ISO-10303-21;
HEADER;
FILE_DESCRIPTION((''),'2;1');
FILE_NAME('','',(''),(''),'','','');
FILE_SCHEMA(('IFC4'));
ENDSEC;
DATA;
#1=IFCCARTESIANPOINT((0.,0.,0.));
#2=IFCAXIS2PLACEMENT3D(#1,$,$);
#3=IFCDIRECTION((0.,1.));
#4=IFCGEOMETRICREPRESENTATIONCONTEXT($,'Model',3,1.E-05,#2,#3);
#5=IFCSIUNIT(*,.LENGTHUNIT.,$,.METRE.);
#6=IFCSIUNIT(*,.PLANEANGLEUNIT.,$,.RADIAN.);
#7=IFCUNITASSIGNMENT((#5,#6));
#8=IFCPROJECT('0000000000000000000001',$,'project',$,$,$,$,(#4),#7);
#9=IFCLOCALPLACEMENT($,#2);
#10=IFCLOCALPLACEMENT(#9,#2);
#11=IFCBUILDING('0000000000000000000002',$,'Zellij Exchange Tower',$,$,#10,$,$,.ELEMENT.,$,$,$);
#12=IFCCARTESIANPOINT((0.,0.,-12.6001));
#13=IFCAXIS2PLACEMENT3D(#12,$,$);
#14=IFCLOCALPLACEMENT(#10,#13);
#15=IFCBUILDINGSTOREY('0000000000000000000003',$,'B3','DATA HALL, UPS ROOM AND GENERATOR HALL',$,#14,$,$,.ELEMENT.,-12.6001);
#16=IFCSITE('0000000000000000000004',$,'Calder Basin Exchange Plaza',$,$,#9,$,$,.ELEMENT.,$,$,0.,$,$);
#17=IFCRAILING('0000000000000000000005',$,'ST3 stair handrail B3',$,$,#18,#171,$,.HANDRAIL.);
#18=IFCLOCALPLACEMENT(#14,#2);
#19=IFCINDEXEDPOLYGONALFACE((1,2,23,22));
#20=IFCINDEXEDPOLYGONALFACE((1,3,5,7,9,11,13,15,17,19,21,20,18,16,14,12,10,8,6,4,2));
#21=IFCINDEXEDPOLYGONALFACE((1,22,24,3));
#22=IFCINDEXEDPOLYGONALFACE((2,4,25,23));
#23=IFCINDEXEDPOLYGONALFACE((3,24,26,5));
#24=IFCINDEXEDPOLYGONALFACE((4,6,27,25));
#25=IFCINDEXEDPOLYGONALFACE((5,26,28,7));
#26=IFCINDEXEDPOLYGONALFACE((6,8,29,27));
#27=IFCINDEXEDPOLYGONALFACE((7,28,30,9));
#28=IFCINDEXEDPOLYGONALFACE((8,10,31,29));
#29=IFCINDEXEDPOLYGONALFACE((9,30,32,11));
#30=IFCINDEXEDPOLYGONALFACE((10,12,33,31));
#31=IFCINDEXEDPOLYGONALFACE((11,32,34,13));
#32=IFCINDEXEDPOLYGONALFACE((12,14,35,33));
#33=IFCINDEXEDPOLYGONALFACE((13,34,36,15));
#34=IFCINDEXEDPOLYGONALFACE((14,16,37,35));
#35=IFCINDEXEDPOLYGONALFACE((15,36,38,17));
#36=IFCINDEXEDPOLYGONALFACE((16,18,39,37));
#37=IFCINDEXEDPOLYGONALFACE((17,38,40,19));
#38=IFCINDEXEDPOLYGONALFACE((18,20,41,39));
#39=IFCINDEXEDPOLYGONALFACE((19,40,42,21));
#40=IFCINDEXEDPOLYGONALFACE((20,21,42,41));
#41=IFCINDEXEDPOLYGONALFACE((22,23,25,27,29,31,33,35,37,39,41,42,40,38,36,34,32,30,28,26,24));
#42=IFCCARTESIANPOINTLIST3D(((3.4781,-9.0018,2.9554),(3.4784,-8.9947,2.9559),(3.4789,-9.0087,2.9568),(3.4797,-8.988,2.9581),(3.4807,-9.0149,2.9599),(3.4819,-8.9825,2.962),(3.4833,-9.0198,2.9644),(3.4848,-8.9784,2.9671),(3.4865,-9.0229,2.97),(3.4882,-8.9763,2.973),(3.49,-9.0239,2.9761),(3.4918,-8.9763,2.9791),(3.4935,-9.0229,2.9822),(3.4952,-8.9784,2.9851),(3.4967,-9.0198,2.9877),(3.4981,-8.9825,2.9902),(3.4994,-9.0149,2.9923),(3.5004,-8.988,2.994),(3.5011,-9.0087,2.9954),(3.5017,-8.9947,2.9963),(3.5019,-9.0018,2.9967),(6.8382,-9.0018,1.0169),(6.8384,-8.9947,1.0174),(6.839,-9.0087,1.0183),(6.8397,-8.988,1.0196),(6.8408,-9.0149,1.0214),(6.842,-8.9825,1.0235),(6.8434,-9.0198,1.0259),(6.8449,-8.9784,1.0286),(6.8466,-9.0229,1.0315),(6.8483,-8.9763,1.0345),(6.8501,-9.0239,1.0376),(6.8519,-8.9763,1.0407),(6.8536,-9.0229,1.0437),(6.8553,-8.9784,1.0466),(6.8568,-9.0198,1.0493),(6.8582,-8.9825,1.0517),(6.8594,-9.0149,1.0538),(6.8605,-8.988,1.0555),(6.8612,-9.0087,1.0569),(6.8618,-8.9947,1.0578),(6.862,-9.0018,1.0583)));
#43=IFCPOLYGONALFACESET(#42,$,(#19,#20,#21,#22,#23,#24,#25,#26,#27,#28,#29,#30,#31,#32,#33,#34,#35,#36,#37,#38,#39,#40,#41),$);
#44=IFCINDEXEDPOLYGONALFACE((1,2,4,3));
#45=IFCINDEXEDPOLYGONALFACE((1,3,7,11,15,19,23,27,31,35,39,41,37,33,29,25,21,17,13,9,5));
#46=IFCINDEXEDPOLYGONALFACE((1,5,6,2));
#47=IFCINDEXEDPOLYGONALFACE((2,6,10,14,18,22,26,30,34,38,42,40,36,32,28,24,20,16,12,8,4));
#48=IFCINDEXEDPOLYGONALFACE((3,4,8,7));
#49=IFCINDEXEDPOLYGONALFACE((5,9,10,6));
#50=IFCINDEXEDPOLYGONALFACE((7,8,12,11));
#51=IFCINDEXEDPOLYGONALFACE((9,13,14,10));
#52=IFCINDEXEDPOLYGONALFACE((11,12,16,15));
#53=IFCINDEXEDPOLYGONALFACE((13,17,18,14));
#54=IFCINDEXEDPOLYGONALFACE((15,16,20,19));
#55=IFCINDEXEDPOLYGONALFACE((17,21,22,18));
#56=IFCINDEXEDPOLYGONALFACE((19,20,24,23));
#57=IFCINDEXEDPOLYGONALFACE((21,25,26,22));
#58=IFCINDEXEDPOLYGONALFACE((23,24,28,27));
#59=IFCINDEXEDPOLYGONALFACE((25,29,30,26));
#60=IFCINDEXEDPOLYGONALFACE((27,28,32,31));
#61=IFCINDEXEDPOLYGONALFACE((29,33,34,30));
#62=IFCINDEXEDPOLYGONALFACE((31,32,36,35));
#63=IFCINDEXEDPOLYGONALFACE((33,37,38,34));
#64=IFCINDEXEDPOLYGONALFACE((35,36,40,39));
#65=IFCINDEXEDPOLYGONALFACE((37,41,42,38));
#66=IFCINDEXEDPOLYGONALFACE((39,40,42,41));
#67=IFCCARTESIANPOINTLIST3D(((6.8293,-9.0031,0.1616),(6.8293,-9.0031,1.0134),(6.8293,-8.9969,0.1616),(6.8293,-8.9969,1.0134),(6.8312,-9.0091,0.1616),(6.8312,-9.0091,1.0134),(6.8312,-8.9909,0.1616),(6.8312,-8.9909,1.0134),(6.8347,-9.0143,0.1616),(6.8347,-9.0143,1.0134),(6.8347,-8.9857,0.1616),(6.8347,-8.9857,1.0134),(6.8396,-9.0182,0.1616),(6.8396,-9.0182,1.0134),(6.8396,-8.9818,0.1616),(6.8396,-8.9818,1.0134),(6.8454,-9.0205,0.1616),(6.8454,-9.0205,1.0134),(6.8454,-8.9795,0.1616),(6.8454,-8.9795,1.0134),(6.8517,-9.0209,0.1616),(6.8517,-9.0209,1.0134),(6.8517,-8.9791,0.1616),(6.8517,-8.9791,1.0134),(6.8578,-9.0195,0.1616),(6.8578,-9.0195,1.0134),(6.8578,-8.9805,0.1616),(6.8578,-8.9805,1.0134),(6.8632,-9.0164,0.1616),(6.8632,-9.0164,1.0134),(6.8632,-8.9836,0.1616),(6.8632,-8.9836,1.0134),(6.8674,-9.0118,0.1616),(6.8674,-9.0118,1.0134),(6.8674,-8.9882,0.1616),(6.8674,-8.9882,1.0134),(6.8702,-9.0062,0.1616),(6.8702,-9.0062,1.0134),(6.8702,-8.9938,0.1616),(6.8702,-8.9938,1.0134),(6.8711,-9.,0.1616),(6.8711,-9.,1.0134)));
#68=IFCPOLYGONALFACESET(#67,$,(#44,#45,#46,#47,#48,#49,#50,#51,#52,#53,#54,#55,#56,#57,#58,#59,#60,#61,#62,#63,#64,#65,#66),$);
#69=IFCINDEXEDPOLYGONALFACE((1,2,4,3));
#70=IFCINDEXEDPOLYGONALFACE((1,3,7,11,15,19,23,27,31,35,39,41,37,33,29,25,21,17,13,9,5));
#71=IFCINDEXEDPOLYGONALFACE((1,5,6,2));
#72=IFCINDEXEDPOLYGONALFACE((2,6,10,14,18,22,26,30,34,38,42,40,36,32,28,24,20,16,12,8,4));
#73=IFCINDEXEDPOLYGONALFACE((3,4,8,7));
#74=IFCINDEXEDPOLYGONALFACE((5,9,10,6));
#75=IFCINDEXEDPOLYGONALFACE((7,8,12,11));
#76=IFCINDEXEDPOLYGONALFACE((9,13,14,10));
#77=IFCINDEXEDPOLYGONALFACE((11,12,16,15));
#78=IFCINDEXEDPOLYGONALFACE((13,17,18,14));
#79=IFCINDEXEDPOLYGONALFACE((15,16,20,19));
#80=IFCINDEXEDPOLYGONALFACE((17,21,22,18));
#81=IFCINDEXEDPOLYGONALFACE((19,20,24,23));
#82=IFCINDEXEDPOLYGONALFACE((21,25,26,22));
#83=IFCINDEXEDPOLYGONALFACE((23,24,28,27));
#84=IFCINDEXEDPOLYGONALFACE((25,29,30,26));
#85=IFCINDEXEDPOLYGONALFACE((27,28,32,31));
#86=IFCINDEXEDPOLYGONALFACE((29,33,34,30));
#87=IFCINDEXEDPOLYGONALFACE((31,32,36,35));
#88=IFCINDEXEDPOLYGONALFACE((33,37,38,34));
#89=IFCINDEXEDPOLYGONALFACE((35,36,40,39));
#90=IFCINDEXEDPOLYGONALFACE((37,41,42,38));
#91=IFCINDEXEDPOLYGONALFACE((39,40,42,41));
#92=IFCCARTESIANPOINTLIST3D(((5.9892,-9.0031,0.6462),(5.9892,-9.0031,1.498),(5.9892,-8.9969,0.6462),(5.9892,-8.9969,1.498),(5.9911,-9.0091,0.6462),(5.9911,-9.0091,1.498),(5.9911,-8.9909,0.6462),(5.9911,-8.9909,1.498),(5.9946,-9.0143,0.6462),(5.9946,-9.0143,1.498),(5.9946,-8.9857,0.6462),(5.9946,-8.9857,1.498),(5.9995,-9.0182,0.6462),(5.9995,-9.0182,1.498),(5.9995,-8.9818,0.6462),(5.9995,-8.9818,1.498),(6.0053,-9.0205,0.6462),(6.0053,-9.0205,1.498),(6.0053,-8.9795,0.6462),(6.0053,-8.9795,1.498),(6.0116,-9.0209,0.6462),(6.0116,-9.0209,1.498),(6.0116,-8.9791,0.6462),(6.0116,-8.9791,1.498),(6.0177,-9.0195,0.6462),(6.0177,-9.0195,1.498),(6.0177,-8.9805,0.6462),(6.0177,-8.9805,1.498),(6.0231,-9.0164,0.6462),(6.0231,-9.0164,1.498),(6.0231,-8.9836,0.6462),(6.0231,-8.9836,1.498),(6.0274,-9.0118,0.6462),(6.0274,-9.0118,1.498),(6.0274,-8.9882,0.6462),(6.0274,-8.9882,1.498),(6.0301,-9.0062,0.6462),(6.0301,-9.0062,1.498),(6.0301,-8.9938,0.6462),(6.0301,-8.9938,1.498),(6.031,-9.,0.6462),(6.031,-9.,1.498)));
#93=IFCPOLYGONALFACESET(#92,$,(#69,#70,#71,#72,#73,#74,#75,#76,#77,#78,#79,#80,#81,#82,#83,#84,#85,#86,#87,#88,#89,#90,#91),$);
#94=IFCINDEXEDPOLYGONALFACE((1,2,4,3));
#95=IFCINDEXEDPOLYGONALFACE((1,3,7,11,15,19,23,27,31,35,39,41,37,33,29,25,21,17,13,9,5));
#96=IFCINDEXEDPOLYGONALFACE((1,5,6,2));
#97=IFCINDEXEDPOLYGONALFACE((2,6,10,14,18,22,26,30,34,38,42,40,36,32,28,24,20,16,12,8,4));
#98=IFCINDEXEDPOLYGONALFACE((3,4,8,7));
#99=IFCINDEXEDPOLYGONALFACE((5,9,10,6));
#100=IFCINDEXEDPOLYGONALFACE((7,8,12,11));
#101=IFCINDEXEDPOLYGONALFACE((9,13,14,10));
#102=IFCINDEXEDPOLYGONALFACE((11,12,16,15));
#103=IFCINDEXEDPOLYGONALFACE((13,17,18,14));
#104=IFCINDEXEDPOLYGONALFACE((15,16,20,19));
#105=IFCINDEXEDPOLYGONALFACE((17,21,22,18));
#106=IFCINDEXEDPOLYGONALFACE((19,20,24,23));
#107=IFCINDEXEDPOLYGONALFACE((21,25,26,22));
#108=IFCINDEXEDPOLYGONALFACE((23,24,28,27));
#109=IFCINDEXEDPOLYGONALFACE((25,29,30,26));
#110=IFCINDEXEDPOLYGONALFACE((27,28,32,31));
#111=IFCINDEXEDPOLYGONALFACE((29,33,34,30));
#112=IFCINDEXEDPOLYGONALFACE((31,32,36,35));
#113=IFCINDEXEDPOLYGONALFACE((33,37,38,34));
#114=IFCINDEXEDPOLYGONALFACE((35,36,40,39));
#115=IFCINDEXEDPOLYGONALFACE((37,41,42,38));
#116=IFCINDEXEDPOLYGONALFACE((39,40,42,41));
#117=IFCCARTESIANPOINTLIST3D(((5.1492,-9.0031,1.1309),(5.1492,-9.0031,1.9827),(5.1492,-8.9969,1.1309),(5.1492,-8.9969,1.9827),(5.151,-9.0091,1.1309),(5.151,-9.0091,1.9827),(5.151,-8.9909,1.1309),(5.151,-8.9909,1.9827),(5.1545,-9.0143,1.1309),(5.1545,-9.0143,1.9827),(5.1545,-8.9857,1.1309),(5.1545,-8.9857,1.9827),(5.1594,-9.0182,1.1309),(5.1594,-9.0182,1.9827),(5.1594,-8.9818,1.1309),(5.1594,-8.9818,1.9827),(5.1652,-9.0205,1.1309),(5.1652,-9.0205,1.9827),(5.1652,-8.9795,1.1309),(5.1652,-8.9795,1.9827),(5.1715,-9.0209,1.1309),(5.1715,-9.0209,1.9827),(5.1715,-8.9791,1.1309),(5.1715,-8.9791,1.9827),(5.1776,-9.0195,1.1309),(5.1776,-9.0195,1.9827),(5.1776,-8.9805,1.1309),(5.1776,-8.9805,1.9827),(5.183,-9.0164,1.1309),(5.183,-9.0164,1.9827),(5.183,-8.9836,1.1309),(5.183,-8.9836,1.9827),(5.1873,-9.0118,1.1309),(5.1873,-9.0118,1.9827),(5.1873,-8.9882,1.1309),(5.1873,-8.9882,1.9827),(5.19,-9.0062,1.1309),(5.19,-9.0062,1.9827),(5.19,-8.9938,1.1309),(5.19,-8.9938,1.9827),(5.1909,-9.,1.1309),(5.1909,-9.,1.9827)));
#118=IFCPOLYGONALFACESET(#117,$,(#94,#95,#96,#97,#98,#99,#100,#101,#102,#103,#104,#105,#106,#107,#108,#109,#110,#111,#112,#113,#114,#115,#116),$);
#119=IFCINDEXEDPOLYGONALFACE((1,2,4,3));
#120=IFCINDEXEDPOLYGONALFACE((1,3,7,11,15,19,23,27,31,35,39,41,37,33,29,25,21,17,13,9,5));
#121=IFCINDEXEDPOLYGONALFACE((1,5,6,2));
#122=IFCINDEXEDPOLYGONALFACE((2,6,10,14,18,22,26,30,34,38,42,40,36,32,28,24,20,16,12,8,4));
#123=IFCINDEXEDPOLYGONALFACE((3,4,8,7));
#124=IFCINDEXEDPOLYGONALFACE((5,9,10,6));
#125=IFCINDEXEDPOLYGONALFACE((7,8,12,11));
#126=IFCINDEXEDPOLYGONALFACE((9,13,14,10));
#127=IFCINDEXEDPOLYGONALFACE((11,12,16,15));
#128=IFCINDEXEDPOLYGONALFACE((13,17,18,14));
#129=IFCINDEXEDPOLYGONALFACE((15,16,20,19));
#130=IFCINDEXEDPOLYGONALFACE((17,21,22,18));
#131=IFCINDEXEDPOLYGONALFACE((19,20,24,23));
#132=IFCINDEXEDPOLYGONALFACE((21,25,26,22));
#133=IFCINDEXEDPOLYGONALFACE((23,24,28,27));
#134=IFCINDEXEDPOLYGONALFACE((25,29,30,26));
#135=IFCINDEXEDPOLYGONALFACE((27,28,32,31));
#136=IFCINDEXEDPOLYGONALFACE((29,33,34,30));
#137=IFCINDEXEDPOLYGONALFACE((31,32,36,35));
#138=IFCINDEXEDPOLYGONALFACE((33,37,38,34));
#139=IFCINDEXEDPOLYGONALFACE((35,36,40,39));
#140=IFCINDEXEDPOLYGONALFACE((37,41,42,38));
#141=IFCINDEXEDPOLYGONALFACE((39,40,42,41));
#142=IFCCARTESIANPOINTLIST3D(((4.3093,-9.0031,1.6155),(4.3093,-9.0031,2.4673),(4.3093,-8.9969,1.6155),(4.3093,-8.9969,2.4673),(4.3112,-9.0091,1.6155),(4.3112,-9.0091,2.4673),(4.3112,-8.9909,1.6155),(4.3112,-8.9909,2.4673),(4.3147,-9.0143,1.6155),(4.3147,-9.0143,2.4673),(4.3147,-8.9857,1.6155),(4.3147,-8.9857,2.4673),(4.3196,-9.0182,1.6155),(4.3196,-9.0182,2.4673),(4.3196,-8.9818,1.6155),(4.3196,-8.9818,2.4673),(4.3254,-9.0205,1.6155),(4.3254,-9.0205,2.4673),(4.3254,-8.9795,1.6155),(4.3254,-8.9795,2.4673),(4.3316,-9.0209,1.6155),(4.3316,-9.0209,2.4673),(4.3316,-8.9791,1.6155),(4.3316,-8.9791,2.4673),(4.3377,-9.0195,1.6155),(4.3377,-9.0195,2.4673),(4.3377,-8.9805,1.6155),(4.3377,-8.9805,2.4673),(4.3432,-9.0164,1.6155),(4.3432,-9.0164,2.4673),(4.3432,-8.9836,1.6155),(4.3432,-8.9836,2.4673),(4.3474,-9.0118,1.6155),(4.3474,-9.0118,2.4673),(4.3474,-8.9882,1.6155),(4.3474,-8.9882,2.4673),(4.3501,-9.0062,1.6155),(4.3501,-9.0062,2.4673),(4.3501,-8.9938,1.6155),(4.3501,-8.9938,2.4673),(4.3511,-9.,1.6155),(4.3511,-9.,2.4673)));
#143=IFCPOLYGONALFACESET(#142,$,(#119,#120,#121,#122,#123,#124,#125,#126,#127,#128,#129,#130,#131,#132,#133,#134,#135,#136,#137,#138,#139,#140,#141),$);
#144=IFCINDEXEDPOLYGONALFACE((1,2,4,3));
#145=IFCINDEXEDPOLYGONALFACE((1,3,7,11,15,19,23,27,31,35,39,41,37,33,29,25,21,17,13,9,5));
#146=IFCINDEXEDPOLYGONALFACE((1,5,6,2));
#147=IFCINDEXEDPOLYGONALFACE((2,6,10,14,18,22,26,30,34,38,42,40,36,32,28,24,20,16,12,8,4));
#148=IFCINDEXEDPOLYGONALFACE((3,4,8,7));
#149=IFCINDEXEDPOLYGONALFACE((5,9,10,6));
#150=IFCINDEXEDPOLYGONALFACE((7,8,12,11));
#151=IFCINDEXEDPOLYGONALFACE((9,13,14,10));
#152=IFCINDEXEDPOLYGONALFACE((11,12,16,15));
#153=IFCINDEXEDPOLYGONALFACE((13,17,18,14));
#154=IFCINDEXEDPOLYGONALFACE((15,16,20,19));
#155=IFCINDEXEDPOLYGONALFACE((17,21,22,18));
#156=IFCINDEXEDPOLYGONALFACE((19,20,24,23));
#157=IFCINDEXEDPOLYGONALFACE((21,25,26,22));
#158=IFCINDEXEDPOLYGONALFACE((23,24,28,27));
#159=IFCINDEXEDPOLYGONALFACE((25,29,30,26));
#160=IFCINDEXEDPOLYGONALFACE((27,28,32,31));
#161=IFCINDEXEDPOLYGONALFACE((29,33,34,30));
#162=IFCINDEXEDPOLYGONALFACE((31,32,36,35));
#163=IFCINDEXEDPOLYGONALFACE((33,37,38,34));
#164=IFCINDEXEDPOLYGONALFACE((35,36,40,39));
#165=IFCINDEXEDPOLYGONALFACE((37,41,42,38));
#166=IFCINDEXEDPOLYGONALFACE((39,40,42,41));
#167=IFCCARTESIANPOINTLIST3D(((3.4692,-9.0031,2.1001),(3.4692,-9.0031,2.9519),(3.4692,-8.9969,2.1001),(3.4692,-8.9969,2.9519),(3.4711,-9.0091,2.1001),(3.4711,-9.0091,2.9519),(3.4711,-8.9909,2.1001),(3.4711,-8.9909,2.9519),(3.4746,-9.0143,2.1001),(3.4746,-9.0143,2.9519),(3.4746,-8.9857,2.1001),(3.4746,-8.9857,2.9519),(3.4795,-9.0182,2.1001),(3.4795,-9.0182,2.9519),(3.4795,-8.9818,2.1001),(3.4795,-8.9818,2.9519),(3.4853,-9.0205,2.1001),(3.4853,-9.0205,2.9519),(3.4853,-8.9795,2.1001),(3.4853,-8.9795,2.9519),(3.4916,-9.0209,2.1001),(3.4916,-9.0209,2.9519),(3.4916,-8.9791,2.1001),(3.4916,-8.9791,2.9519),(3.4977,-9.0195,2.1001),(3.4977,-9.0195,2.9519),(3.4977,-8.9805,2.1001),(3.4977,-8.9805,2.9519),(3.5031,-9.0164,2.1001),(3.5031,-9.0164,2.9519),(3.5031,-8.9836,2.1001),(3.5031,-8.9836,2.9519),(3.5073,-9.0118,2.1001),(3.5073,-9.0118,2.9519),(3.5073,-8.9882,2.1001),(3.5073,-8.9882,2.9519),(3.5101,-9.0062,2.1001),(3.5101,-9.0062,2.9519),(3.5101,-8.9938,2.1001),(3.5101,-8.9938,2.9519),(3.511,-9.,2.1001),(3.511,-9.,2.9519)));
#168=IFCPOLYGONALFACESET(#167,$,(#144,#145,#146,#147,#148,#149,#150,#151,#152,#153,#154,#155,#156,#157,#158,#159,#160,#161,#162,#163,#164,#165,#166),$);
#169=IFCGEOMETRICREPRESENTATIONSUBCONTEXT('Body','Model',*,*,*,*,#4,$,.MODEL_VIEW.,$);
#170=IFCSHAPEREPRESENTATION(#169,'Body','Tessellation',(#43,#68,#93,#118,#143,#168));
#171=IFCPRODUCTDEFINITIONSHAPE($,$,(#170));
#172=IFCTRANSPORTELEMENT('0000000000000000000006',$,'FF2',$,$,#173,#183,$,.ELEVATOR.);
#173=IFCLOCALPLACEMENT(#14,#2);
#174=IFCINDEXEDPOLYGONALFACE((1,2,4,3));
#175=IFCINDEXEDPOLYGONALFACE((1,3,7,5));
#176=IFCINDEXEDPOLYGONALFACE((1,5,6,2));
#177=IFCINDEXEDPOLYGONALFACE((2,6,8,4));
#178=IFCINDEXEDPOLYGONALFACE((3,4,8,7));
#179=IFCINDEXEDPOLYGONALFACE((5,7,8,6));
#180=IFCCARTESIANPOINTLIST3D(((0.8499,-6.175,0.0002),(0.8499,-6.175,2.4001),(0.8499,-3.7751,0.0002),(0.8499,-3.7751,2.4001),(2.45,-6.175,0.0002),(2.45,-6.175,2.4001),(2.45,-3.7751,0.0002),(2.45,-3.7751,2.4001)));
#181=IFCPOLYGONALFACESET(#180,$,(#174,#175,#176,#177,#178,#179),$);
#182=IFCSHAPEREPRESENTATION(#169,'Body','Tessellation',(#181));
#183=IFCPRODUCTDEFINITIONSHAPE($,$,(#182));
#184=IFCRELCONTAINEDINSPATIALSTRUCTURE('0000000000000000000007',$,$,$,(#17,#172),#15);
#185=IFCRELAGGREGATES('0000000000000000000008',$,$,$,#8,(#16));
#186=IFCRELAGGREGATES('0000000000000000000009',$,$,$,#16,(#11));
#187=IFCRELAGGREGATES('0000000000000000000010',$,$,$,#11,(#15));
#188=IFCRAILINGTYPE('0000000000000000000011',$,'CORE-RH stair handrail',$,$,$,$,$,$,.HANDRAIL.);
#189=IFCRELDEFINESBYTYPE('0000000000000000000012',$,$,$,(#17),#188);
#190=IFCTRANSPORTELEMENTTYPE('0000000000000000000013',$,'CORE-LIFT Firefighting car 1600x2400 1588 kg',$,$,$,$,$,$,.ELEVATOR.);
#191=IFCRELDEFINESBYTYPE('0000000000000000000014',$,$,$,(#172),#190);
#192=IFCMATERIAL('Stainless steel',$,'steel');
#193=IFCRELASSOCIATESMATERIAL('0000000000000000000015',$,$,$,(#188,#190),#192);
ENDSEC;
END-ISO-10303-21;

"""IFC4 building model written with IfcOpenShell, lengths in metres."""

from ifc_helpers import new_model, si_unit, direction, frame, origin, origin_2d, place, context, subcontext, project, spatial, rectangle, circle, extrude, material, type_object, element, save


model = new_model("IFC4")

# Units and contexts
model_context = context("Model", 3, precision=1e-05, world=origin(), true_north=direction((0.0, 1.0)))
body_context = subcontext(model_context, "Body", "Model", "MODEL_VIEW")
ifc_project = project(units=[si_unit("LENGTHUNIT", "METRE"), si_unit("PLANEANGLEUNIT", "RADIAN")], contexts=[model_context])

# Site, building, storey
site_placement = place(None, origin())
site = spatial("IfcSite", under=ifc_project, at=site_placement, Name="Calder Basin Exchange Plaza", CompositionType="ELEMENT", RefElevation=0.0)
building_placement = place(site_placement, origin())
building = spatial("IfcBuilding", under=site, at=building_placement, Name="Zellij Exchange Tower", CompositionType="ELEMENT")
storey_placement = place(building_placement, frame((0.0, 0.0, -12.6001)))
storey = spatial("IfcBuildingStorey", under=building, at=storey_placement, Name="B3", Description="DATA HALL, UPS ROOM AND GENERATOR HALL", CompositionType="ELEMENT", Elevation=-12.6001)

# Railing
ifc_material_1 = material(Name="Stainless steel", Category="steel")
railing_type_1 = type_object("IfcRailingType", Name="CORE-RH stair handrail", PredefinedType="HANDRAIL", material=ifc_material_1)
railing_1_placement = place(storey_placement, frame((6.8501, -9.0, 0.1616)))
element("IfcRailing", 1, at=railing_1_placement, inside=storey, type_object=railing_type_1, Name="ST3 stair handrail B3", PredefinedType="HANDRAIL", context=body_context, shape_type="SweptSolid", body=[
    extrude(circle(Radius=0.0239, at=origin_2d()), frame((0.0, 0.0, 0.876), z_axis=(-0.866191, 0.0, 0.499713), x_axis=(0.0, -1.0, 0.0)), (0.0, 0.0, 1.0), 3.8792),
    extrude(circle(Radius=0.021, at=origin_2d()), origin(), (0.0, 0.0, 1.0), 0.8518),
    extrude(circle(Radius=0.021, at=origin_2d()), frame((-0.8401, 0.0, 0.4846)), (0.0, 0.0, 1.0), 0.8518),
    extrude(circle(Radius=0.021, at=origin_2d()), frame((-1.6802, 0.0, 0.9692)), (0.0, 0.0, 1.0), 0.8518),
    extrude(circle(Radius=0.021, at=origin_2d()), frame((-2.52, 0.0, 1.4539)), (0.0, 0.0, 1.0), 0.8518),
    extrude(circle(Radius=0.021, at=origin_2d()), frame((-3.3601, 0.0, 1.9385)), (0.0, 0.0, 1.0), 0.8518),
])

# Transport element
transport_element_type = type_object("IfcTransportElementType", Name="CORE-LIFT Firefighting car 1600x2400 1588 kg", PredefinedType="ELEVATOR", material=ifc_material_1)
transport_element_placement = place(storey_placement, frame((1.6499, -4.9751, 0.0002), z_axis=(0.0, 0.0, 1.0), x_axis=(1.0, 0.0, 0.0)))
element("IfcTransportElement", 2, at=transport_element_placement, inside=storey, type_object=transport_element_type, Name="FF2", PredefinedType="ELEVATOR", context=body_context, shape_type="SweptSolid", body=[
    extrude(rectangle(XDim=1.6001, YDim=2.3999, at=origin_2d()), origin(), (0.0, 0.0, 1.0), 2.3999),
])

save(model, "model.ifc")
